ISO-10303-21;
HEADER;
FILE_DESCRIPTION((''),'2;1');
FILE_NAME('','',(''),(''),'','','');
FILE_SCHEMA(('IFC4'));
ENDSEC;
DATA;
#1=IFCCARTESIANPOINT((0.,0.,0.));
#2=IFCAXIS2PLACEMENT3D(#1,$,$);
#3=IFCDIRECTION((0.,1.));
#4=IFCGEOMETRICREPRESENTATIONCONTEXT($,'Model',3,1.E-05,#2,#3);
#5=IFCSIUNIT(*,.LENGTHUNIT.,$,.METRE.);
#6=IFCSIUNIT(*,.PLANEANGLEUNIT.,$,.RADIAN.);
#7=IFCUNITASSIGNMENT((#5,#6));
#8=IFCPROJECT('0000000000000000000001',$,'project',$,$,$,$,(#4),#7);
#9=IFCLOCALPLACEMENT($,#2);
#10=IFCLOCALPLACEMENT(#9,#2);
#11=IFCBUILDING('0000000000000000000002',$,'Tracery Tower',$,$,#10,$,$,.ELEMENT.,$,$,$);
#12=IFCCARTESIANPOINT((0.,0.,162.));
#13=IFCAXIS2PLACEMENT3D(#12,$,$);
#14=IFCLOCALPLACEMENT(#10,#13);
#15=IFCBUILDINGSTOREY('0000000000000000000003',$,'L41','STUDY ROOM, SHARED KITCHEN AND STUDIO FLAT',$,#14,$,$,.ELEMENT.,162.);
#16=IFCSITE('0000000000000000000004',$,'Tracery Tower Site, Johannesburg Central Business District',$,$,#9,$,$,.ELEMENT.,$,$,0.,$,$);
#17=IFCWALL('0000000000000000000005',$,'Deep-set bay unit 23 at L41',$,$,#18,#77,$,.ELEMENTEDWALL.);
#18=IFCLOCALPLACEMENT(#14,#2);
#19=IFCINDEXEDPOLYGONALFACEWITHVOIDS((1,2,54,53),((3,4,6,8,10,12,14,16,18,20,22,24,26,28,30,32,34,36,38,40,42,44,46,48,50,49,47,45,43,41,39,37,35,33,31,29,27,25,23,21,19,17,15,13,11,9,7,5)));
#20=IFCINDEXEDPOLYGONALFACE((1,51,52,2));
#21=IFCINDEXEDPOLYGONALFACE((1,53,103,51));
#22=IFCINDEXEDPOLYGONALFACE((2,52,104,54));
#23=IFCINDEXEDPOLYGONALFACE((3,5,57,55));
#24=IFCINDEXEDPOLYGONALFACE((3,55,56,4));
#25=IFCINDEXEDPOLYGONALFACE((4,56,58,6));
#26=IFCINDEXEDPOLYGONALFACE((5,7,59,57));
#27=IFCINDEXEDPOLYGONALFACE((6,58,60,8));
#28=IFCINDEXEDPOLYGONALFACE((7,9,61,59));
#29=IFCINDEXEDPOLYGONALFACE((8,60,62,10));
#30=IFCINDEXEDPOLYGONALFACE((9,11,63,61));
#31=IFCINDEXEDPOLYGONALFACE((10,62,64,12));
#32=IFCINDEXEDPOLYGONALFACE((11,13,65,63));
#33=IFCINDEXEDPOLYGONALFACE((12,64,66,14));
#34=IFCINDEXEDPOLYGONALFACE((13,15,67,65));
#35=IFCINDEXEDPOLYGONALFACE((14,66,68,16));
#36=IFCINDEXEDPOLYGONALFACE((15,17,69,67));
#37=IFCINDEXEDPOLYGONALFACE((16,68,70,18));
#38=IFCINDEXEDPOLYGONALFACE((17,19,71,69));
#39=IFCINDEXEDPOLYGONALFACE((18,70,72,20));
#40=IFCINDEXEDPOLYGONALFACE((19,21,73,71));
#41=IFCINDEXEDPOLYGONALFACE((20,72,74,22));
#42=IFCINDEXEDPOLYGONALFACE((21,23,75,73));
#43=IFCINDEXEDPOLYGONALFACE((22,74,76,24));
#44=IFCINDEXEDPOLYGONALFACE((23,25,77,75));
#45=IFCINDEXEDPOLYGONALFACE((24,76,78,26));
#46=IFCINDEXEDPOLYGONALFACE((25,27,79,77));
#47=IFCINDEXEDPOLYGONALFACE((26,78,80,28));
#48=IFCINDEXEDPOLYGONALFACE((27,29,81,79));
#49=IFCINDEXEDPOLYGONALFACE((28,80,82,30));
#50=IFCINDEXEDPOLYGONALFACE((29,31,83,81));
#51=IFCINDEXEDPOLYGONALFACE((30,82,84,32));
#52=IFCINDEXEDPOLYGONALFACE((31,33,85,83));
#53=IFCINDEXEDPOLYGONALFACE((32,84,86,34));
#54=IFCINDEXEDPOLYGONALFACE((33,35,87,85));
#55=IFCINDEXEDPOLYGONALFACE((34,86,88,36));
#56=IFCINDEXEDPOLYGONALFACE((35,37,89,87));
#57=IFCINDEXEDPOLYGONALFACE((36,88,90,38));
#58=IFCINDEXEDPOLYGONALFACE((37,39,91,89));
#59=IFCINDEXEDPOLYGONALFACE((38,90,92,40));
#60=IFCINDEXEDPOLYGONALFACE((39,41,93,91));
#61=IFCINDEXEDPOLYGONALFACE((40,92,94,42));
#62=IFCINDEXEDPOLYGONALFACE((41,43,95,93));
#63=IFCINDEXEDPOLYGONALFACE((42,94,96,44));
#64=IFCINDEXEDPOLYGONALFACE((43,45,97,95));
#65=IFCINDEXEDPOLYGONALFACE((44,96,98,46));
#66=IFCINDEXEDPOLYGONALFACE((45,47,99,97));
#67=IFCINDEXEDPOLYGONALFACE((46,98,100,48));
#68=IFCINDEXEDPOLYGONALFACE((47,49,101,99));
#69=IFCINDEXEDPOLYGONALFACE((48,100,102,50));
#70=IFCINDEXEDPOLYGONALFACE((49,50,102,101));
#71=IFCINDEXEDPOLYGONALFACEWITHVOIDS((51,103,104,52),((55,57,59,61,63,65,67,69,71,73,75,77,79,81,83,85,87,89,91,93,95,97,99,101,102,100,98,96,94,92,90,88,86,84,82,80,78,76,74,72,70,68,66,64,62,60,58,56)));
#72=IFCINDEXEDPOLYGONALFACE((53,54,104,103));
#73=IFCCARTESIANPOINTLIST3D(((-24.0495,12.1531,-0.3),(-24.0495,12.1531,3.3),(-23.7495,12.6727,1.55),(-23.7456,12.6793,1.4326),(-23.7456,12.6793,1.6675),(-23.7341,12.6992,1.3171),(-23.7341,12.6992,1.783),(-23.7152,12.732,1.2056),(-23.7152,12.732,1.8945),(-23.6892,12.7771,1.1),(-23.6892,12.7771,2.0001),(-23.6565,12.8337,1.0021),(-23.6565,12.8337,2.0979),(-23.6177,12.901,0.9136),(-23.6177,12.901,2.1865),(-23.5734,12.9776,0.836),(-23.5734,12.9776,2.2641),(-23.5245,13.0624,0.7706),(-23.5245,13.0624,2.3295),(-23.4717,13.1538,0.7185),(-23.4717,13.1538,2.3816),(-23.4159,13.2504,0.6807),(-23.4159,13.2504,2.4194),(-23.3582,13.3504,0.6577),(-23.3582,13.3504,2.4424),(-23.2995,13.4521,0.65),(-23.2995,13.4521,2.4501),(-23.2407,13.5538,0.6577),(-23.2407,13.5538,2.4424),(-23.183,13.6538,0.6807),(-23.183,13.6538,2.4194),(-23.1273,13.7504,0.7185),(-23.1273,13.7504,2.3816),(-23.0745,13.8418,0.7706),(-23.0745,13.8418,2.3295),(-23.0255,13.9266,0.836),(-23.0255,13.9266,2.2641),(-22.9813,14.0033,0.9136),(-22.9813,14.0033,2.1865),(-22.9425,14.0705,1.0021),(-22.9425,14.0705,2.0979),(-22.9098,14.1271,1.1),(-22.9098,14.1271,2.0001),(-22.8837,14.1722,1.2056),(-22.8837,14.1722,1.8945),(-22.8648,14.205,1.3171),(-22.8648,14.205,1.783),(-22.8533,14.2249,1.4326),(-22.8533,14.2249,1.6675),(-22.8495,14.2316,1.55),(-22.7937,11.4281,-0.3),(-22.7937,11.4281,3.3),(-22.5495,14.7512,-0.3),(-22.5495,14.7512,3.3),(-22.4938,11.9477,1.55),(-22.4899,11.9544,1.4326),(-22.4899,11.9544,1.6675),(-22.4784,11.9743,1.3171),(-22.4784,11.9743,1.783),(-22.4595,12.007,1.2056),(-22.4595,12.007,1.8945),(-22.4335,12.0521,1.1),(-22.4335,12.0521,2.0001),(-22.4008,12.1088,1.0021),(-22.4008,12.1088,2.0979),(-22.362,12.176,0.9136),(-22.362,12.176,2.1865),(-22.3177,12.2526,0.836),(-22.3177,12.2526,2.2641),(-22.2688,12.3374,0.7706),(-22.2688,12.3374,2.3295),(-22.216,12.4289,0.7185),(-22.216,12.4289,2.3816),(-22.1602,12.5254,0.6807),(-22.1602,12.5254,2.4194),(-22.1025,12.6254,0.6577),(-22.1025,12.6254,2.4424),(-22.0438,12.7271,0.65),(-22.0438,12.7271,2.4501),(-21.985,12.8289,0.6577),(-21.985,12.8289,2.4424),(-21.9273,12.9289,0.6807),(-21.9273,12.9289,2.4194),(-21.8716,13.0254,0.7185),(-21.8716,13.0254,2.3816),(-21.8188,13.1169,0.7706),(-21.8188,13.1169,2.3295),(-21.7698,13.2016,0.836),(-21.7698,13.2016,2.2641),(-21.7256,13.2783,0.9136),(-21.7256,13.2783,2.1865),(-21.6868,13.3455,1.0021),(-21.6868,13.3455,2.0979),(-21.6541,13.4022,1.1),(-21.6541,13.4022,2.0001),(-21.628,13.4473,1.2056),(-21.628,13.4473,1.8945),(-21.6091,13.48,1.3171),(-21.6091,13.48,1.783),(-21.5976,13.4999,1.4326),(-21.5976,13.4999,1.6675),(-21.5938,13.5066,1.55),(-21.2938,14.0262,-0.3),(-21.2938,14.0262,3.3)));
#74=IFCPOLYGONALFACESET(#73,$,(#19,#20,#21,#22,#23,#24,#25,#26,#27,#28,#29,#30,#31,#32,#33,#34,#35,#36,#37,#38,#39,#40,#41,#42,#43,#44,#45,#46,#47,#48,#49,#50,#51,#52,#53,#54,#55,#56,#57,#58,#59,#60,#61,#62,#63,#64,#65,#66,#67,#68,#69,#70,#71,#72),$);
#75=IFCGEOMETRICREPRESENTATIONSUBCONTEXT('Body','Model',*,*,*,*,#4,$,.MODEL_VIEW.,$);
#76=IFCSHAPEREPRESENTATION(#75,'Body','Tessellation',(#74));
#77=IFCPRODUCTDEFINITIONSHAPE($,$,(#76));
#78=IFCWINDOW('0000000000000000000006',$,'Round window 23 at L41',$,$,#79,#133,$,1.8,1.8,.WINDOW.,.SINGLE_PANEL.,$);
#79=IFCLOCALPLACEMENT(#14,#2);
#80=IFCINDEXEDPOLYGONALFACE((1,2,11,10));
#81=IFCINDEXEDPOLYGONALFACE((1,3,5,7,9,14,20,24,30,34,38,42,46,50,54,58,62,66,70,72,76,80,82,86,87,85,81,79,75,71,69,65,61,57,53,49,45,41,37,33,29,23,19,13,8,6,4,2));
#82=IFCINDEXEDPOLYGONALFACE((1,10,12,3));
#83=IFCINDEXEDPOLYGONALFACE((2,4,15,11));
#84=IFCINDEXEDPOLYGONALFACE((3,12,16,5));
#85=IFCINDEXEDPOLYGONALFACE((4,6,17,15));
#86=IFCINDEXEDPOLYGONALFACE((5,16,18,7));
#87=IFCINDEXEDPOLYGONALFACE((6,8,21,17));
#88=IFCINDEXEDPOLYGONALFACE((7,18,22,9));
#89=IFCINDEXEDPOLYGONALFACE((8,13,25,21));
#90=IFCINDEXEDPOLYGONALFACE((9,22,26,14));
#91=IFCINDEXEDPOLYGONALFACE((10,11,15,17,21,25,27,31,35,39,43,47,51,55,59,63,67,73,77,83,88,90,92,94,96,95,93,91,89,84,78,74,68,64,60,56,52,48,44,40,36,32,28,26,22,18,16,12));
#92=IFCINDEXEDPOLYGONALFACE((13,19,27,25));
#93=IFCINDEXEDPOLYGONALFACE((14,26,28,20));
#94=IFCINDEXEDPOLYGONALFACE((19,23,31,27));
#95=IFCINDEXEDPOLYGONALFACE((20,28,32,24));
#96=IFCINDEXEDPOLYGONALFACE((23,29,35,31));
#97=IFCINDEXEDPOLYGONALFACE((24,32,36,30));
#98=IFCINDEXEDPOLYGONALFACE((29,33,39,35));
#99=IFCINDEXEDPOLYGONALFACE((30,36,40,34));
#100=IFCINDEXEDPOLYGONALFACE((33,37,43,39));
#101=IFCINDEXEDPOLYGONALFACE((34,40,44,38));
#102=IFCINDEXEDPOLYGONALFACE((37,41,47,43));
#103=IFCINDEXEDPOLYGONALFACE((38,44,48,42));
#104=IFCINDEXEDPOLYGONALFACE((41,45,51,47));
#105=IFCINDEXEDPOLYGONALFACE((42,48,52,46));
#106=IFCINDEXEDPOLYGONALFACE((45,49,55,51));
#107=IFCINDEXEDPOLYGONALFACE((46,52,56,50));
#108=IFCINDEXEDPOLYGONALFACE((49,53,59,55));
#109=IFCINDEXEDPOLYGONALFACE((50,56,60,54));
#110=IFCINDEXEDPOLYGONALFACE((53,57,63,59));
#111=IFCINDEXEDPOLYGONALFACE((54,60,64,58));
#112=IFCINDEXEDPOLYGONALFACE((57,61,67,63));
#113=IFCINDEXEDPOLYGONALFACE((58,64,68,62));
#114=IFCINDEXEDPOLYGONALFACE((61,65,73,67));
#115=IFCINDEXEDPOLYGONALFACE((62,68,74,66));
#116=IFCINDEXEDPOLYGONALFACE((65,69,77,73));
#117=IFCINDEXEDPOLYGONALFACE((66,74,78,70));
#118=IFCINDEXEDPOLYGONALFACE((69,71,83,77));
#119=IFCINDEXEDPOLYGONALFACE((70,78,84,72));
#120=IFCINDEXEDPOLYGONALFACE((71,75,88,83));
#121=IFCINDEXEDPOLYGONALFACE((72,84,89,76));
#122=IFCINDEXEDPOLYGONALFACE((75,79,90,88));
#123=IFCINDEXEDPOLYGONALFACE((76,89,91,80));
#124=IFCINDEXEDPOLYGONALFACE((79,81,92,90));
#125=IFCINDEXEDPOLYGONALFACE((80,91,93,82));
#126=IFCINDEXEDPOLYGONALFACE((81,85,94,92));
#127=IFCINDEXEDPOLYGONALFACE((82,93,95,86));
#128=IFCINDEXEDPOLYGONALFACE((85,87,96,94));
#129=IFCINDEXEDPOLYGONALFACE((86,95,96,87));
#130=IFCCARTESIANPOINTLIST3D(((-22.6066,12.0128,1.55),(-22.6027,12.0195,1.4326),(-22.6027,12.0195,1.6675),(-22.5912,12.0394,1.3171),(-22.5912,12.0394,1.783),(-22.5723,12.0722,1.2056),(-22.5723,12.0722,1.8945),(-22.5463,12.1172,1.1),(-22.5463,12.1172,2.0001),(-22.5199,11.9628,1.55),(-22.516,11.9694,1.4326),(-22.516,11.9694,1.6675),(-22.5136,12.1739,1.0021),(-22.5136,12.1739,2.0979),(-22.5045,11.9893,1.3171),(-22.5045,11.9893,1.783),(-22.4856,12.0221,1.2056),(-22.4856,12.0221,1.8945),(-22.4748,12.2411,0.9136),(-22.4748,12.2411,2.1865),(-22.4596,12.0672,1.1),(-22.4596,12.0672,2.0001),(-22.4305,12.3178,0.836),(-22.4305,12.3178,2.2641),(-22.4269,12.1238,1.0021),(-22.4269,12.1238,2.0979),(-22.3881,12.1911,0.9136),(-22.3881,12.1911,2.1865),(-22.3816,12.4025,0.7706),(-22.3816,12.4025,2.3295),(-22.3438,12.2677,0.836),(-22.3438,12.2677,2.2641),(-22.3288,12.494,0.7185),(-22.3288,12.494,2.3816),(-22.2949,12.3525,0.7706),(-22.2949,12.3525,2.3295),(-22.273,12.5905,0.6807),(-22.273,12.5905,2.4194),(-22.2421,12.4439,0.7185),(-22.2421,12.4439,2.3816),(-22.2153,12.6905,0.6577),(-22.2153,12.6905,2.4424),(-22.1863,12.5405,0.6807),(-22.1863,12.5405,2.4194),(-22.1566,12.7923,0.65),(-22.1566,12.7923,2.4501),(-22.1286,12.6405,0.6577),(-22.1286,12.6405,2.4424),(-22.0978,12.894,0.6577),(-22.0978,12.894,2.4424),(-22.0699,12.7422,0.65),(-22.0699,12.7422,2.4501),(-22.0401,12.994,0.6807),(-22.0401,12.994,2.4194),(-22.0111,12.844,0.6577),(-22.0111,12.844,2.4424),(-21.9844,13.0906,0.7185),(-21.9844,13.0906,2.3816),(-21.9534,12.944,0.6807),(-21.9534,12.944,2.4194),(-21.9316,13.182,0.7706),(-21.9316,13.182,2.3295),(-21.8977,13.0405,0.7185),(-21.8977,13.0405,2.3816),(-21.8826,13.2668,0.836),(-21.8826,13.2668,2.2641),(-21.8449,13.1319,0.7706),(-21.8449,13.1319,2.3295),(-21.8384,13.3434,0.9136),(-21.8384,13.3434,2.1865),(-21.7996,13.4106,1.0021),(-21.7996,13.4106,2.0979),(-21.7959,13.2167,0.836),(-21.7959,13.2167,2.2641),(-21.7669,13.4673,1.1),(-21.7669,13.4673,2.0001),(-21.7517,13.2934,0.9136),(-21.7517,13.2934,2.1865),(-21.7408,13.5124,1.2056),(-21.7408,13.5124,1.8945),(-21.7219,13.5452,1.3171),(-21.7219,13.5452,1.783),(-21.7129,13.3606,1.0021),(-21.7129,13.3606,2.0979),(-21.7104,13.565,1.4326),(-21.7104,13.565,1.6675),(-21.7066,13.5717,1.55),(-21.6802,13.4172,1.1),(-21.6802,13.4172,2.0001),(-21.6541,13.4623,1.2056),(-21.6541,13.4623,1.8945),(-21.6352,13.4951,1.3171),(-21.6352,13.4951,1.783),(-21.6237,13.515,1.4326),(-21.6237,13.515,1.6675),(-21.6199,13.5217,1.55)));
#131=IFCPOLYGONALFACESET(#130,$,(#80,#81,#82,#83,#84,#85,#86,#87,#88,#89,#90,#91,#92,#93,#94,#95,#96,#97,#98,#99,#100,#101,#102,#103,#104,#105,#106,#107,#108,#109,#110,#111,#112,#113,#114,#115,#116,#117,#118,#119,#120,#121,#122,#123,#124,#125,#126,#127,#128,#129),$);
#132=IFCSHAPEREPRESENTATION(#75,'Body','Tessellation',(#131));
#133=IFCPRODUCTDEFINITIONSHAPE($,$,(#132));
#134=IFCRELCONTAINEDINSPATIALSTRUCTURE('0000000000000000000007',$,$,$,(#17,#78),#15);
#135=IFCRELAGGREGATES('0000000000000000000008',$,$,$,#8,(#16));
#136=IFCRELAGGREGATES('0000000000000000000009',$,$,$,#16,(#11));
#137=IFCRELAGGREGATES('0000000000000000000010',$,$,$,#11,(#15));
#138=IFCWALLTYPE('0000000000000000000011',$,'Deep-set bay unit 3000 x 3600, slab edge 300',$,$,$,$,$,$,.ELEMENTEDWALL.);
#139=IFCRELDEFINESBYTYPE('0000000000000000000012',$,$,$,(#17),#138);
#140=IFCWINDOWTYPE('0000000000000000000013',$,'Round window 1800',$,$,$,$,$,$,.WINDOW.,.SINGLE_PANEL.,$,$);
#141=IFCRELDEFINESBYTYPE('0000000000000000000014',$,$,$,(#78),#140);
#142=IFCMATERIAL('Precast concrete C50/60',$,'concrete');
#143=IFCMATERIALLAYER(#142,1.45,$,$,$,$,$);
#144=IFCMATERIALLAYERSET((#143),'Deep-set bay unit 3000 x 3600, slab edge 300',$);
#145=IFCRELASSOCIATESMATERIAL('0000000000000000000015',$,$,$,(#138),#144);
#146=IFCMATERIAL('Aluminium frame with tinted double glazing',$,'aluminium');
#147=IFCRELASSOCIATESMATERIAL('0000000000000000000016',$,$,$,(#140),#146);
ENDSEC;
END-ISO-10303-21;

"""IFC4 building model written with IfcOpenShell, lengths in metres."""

from ifc_helpers import new_model, si_unit, direction, frame, frame_2d, origin, origin_2d, place, context, subcontext, project, spatial, rectangle, circle, extrude, material, layer, layer_set, type_object, element, fill, save


model = new_model("IFC4")

# Units and contexts
model_context = context("Model", 3, precision=1e-05, world=origin(), true_north=direction((0.0, 1.0)))
body_context = subcontext(model_context, "Body", "Model", "MODEL_VIEW")
ifc_project = project(units=[si_unit("LENGTHUNIT", "METRE"), si_unit("PLANEANGLEUNIT", "RADIAN")], contexts=[model_context])

# Site, building, storey
site_placement = place(None, origin())
site = spatial("IfcSite", under=ifc_project, at=site_placement, Name="Tracery Tower Site, Johannesburg Central Business District", CompositionType="ELEMENT", RefElevation=0.0)
building_placement = place(site_placement, origin())
building = spatial("IfcBuilding", under=site, at=building_placement, Name="Tracery Tower", CompositionType="ELEMENT")
storey_placement = place(building_placement, frame((0.0, 0.0, 162.0)))
storey = spatial("IfcBuildingStorey", under=building, at=storey_placement, Name="L41", Description="STUDY ROOM, SHARED KITCHEN AND STUDIO FLAT", CompositionType="ELEMENT", Elevation=162.0)

# Wall, opening, window
ifc_material_1 = material(Name="Precast concrete C50/60", Category="concrete")
ifc_layer_1 = layer(ifc_material_1, 1.45)
ifc_layer_set_1 = layer_set([ifc_layer_1], Name="Deep-set bay unit 3000 x 3600, slab edge 300")
wall_type_1 = type_object("IfcWallType", Name="Deep-set bay unit 3000 x 3600, slab edge 300", PredefinedType="ELEMENTEDWALL", material=ifc_layer_set_1)
ifc_material_2 = material(Name="Aluminium frame with tinted double glazing", Category="aluminium")
window_type = type_object("IfcWindowType", Name="Round window 1800", PartitioningType="SINGLE_PANEL", PredefinedType="WINDOW", material=ifc_material_2)
wall_1_placement = place(storey_placement, frame((-21.9216, 14.3887, -0.3), z_axis=(0.0, 0.0, 1.0), x_axis=(-0.49999, -0.866031, 0.0)))
wall_1 = element("IfcWall", 1, at=wall_1_placement, inside=storey, type_object=wall_type_1, Name="Deep-set bay unit 23 at L41", PredefinedType="ELEMENTEDWALL", context=body_context, shape_type="SweptSolid", body=[
    extrude(rectangle(XDim=3.0, YDim=1.45, at=frame_2d((1.5, 0.0))), origin(), (0.0, 0.0, 1.0), 3.6001),
])
opening_1_placement = place(wall_1_placement, frame((1.5, 0.0, 1.8501)))
opening_1 = element("IfcOpeningElement", 2, at=opening_1_placement, cuts=wall_1, PredefinedType="OPENING", context=body_context, shape_type="SweptSolid", body=[
    extrude(circle(Radius=0.9, at=origin_2d()), frame((0.0, 0.7349, 0.0), z_axis=(0.0, -1.0, 0.0), x_axis=(1.0, 0.0, 0.0)), (0.0, 0.0, 1.0), 1.47),
])
window_1_placement = place(opening_1_placement, origin())
window_1 = element("IfcWindow", 3, at=window_1_placement, inside=storey, type_object=window_type, Name="Round window 23 at L41", OverallHeight=1.8, OverallWidth=1.8, PartitioningType="SINGLE_PANEL", PredefinedType="WINDOW", context=body_context, shape_type="SweptSolid", body=[
    extrude(circle(Radius=0.9, at=origin_2d()), frame((0.0, 0.6948, 0.0), z_axis=(0.0, -1.0, 0.0), x_axis=(1.0, 0.0, 0.0)), (0.0, 0.0, 1.0), 0.1001),
])
fill(opening_1, window_1)

save(model, "model.ifc")
